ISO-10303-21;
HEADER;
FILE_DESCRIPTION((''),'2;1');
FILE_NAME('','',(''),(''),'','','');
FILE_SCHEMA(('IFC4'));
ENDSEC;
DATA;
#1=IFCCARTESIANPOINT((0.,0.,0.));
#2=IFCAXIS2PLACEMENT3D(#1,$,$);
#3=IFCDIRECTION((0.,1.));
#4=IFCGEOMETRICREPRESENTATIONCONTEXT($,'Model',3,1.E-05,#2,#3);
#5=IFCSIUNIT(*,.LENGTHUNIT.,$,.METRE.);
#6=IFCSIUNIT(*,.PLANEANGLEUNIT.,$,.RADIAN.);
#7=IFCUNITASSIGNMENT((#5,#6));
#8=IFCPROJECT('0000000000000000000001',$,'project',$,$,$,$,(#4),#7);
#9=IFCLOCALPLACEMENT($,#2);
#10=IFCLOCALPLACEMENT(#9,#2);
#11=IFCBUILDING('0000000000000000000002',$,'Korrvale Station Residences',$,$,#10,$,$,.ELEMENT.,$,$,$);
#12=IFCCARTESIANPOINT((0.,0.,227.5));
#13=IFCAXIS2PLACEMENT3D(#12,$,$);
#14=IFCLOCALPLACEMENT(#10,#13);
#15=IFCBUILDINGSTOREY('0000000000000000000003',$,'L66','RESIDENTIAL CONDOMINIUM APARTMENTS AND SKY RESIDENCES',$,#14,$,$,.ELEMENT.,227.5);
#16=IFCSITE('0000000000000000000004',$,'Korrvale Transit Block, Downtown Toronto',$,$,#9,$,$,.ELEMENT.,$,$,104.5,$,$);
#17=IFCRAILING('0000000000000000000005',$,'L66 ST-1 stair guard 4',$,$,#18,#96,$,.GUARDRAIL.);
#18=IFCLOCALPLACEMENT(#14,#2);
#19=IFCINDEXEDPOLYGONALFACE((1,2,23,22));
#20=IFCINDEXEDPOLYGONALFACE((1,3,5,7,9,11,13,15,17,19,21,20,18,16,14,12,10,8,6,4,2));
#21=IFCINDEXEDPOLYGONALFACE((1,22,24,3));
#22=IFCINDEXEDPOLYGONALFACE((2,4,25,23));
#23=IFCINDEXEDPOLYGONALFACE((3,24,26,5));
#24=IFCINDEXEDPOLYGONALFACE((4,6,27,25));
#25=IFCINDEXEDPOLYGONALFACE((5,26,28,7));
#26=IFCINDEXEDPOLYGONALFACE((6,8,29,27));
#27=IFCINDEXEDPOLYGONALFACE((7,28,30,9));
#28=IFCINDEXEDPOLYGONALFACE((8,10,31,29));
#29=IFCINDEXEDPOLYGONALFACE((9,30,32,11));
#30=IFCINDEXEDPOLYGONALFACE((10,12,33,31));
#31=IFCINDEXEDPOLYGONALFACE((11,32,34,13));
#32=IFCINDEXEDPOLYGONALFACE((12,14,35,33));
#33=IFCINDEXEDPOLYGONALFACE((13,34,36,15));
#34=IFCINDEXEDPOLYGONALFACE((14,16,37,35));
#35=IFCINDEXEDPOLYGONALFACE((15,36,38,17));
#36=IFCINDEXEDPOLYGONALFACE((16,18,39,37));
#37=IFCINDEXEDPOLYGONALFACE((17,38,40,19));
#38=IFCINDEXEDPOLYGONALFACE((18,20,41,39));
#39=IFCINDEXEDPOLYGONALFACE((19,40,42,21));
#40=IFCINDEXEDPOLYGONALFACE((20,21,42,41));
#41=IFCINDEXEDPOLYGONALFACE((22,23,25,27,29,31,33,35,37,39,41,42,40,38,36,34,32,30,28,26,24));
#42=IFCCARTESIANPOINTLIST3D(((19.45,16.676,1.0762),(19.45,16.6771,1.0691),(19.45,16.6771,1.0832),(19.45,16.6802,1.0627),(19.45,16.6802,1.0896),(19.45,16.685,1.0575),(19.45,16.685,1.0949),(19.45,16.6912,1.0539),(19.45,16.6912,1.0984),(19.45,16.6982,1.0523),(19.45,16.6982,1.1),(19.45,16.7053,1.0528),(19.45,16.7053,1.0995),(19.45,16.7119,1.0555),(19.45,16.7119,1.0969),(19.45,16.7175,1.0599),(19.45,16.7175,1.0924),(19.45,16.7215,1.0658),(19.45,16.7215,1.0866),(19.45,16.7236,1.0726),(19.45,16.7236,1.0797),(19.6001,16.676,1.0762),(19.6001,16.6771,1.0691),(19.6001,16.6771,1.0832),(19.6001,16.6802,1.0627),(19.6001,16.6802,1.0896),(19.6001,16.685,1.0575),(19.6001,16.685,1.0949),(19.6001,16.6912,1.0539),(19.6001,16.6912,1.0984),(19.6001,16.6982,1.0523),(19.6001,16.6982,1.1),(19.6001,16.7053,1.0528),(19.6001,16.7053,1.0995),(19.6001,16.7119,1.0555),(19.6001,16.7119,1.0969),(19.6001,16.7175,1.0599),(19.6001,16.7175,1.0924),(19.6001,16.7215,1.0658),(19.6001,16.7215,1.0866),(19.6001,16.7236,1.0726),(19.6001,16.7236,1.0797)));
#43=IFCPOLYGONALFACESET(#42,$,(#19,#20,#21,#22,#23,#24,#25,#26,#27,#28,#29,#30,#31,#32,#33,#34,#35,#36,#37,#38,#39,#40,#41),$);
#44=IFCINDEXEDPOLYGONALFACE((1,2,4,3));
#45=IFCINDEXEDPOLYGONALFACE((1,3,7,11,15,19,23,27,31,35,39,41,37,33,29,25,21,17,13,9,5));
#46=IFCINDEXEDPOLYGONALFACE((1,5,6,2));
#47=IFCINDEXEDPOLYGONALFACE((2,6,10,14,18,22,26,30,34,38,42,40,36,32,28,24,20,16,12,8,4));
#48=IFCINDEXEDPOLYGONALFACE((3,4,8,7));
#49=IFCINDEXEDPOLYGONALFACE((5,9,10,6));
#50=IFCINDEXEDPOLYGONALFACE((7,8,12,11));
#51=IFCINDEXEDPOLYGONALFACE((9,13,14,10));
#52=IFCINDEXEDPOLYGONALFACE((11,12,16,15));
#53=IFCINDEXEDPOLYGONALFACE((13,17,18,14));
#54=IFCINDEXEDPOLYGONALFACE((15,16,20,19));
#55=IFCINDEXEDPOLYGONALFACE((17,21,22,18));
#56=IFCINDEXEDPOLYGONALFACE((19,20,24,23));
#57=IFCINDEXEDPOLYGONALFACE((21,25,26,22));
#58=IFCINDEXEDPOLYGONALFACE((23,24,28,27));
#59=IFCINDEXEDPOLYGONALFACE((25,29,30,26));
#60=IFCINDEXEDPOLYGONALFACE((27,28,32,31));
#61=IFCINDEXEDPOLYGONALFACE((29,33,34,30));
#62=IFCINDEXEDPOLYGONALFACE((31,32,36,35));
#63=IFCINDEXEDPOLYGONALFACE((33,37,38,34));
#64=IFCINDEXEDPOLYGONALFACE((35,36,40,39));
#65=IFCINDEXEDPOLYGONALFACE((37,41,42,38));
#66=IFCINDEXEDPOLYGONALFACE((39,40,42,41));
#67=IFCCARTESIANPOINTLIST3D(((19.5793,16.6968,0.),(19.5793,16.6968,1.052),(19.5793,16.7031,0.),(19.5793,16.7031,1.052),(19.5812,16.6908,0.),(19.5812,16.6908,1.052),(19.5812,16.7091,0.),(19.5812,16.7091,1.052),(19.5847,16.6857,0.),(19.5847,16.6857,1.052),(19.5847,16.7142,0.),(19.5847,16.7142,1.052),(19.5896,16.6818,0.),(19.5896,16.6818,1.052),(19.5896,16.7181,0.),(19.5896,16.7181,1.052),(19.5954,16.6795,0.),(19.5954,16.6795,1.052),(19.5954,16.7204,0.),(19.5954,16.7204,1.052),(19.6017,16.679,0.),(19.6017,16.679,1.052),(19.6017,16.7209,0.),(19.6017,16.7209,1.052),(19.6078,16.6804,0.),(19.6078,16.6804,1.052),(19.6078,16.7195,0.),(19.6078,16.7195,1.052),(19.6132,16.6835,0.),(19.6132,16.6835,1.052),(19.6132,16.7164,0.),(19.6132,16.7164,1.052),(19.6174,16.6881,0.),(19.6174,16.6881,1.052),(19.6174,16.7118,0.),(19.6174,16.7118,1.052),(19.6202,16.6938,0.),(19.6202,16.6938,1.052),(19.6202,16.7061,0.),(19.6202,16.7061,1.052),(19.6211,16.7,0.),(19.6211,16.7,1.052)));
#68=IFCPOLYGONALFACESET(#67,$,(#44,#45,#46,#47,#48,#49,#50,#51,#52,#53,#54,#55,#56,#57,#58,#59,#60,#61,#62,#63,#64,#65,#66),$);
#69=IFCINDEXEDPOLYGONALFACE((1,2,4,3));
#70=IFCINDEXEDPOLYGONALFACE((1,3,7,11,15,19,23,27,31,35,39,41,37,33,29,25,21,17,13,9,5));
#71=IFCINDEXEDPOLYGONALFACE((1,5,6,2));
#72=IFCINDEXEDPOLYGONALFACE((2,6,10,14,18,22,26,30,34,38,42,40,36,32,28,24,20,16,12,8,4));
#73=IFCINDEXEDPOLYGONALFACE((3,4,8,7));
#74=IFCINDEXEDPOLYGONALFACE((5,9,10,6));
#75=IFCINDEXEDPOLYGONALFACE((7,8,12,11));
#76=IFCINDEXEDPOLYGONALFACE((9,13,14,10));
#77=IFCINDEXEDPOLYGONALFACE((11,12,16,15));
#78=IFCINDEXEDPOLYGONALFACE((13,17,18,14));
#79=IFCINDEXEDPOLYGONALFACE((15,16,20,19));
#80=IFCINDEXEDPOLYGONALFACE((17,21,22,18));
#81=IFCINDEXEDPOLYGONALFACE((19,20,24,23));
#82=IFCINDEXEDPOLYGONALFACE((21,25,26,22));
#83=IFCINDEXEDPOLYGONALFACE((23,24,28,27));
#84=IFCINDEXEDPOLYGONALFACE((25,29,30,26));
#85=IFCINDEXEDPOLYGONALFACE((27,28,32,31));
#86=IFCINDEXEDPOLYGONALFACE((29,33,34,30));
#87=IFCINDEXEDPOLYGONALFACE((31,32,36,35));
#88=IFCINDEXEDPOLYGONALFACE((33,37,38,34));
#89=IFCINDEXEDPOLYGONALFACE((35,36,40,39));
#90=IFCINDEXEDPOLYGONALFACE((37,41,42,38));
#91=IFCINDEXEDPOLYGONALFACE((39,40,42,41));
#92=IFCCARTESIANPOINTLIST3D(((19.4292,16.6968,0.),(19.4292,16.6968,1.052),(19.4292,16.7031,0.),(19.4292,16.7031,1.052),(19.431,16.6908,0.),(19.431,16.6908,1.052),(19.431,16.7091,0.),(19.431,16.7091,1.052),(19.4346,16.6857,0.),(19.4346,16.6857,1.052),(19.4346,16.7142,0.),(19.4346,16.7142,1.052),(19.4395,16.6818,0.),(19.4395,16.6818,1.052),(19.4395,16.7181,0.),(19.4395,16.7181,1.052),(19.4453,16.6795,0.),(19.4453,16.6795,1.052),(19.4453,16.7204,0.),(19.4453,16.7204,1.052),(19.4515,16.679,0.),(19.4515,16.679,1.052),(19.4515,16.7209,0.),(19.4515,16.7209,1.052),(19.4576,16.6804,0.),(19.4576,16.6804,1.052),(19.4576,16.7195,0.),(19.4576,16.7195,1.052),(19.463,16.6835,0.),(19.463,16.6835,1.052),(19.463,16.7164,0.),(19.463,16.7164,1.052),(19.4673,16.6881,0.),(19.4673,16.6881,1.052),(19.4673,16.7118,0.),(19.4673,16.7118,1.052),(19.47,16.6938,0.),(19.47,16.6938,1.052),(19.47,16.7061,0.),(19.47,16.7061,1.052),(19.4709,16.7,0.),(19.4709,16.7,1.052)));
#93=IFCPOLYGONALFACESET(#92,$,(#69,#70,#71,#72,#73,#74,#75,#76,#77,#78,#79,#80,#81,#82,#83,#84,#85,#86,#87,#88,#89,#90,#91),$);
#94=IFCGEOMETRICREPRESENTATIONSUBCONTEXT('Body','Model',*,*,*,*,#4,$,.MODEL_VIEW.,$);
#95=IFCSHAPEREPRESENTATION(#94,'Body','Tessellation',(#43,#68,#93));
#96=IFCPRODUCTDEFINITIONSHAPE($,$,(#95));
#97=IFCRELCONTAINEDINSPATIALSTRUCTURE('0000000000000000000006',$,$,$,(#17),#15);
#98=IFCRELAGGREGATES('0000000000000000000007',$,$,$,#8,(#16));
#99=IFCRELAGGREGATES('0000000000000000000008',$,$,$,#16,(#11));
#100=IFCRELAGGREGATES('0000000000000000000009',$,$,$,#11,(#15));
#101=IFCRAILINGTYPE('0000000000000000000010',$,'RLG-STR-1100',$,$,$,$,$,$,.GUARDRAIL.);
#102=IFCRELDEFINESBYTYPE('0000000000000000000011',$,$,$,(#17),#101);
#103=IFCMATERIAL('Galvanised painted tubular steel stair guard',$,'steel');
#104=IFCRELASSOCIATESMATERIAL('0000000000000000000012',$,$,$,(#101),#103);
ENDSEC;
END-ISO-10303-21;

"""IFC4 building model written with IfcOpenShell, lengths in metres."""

from ifc_helpers import new_model, si_unit, direction, frame, origin, origin_2d, place, context, subcontext, project, spatial, circle, extrude, material, type_object, element, save


model = new_model("IFC4")

# Units and contexts
model_context = context("Model", 3, precision=1e-05, world=origin(), true_north=direction((0.0, 1.0)))
body_context = subcontext(model_context, "Body", "Model", "MODEL_VIEW")
ifc_project = project(units=[si_unit("LENGTHUNIT", "METRE"), si_unit("PLANEANGLEUNIT", "RADIAN")], contexts=[model_context])

# Site, building, storey
site_placement = place(None, origin())
site = spatial("IfcSite", under=ifc_project, at=site_placement, Name="Korrvale Transit Block, Downtown Toronto", CompositionType="ELEMENT", RefElevation=104.5)
building_placement = place(site_placement, origin())
building = spatial("IfcBuilding", under=site, at=building_placement, Name="Korrvale Station Residences", CompositionType="ELEMENT")
storey_placement = place(building_placement, frame((0.0, 0.0, 227.5)))
storey = spatial("IfcBuildingStorey", under=building, at=storey_placement, Name="L66", Description="RESIDENTIAL CONDOMINIUM APARTMENTS AND SKY RESIDENCES", CompositionType="ELEMENT", Elevation=227.5)

# Railing
ifc_material_1 = material(Name="Galvanised painted tubular steel stair guard", Category="steel")
railing_type_1 = type_object("IfcRailingType", Name="RLG-STR-1100", PredefinedType="GUARDRAIL", material=ifc_material_1)
railing_1_placement = place(storey_placement, frame((19.6001, 16.7, 0.0)))
element("IfcRailing", 1, at=railing_1_placement, inside=storey, type_object=railing_type_1, Name="L66 ST-1 stair guard 4", PredefinedType="GUARDRAIL", context=body_context, shape_type="SweptSolid", body=[
    extrude(circle(Radius=0.0239, at=origin_2d()), frame((0.0, 0.0, 1.0762), z_axis=(-1.0, 0.0, 0.0), x_axis=(0.0, -1.0, 0.0)), (0.0, 0.0, 1.0), 0.1501),
    extrude(circle(Radius=0.021, at=origin_2d()), origin(), (0.0, 0.0, 1.0), 1.052),
    extrude(circle(Radius=0.021, at=origin_2d()), frame((-0.1501, 0.0, 0.0)), (0.0, 0.0, 1.0), 1.052),
])

save(model, "model.ifc")
